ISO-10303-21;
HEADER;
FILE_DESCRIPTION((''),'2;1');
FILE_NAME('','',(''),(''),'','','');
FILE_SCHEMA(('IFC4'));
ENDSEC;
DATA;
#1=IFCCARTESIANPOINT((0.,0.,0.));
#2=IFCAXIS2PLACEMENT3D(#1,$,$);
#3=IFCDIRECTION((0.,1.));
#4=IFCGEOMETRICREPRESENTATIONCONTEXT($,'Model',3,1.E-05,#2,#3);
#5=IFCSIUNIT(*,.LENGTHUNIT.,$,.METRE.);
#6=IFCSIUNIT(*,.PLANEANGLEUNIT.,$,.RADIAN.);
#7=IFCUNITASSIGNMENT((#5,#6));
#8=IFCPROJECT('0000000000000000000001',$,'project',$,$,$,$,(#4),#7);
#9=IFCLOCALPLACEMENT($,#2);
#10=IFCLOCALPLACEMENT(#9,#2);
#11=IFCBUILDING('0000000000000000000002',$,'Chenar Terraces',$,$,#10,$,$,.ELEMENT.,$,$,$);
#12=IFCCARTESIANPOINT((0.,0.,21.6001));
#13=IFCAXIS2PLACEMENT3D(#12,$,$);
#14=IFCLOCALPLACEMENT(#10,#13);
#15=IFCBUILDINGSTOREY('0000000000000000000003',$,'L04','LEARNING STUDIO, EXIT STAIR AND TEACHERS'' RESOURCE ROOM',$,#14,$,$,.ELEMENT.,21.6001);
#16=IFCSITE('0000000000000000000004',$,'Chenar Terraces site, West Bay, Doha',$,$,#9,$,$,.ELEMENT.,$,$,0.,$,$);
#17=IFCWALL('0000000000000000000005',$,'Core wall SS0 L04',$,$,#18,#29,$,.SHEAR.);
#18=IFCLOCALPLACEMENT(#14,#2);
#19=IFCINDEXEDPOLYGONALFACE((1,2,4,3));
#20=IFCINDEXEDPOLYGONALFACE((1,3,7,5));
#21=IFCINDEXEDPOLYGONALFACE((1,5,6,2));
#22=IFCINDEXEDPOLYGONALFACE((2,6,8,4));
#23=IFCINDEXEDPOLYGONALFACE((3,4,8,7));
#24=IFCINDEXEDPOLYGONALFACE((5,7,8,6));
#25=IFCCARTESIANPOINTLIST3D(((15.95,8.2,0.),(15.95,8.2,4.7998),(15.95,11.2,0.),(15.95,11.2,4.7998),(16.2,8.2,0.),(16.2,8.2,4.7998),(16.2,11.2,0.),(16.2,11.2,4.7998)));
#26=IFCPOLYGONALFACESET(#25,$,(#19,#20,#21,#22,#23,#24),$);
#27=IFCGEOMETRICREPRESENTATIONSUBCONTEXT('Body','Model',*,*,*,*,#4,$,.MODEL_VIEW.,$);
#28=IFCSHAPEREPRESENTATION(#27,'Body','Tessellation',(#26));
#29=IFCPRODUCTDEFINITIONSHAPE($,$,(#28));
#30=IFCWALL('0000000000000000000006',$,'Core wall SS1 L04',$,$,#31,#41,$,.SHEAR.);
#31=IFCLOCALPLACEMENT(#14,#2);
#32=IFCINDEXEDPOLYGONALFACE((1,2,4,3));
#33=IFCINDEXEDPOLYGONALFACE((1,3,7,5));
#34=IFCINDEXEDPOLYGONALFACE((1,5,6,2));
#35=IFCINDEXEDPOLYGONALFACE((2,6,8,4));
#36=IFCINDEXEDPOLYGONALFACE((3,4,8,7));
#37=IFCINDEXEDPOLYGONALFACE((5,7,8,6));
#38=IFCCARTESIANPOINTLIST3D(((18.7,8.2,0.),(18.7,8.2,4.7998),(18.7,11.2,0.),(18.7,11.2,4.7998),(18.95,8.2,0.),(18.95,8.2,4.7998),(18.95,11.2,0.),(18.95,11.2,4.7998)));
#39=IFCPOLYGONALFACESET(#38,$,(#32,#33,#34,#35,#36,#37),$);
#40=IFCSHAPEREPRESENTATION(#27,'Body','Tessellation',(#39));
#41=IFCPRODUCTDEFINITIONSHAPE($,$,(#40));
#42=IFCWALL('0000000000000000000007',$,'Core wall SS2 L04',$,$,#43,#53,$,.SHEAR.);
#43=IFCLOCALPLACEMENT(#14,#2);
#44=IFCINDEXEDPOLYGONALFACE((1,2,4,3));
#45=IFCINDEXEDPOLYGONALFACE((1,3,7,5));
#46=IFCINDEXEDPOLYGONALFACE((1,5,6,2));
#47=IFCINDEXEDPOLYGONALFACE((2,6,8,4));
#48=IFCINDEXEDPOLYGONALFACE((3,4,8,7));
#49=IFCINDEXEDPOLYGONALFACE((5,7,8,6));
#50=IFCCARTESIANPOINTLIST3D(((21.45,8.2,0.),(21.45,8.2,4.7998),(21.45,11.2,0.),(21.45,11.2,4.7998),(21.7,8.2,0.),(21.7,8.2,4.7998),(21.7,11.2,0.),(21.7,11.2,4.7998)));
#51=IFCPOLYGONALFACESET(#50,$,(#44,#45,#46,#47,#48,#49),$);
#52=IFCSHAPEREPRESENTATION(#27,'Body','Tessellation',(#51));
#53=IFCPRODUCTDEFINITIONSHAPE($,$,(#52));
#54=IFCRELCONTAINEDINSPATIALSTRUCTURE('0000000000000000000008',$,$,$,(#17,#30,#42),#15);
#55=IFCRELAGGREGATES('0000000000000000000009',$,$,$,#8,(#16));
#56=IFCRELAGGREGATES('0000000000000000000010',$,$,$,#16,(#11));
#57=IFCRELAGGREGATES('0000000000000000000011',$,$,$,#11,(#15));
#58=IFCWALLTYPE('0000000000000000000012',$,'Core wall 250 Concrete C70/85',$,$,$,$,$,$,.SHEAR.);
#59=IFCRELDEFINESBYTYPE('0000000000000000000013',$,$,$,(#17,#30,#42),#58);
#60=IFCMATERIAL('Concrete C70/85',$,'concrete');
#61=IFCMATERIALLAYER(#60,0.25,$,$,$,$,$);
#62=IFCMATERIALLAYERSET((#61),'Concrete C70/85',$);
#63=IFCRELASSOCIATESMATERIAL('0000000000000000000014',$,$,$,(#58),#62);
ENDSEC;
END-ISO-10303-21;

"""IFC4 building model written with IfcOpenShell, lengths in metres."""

from ifc_helpers import new_model, si_unit, direction, frame, frame_2d, origin, place, context, subcontext, project, spatial, rectangle, extrude, material, layer, layer_set, type_object, element, save


model = new_model("IFC4")

# Units and contexts
model_context = context("Model", 3, precision=1e-05, world=origin(), true_north=direction((0.0, 1.0)))
body_context = subcontext(model_context, "Body", "Model", "MODEL_VIEW")
ifc_project = project(units=[si_unit("LENGTHUNIT", "METRE"), si_unit("PLANEANGLEUNIT", "RADIAN")], contexts=[model_context])

# Site, building, storey
site_placement = place(None, origin())
site = spatial("IfcSite", under=ifc_project, at=site_placement, Name="Chenar Terraces site, West Bay, Doha", CompositionType="ELEMENT", RefElevation=0.0)
building_placement = place(site_placement, origin())
building = spatial("IfcBuilding", under=site, at=building_placement, Name="Chenar Terraces", CompositionType="ELEMENT")
storey_placement = place(building_placement, frame((0.0, 0.0, 21.6001)))
storey = spatial("IfcBuildingStorey", under=building, at=storey_placement, Name="L04", Description="LEARNING STUDIO, EXIT STAIR AND TEACHERS' RESOURCE ROOM", CompositionType="ELEMENT", Elevation=21.6001)

# Walls
ifc_material_1 = material(Name="Concrete C70/85", Category="concrete")
ifc_layer_1 = layer(ifc_material_1, 0.25)
ifc_layer_set_1 = layer_set([ifc_layer_1], Name="Concrete C70/85")
wall_type_1 = type_object("IfcWallType", Name="Core wall 250 Concrete C70/85", PredefinedType="SHEAR", material=ifc_layer_set_1)
for number, where, z_axis, x_axis, name in (
    (1, (16.075, 8.2, 0.0), (0.0, 0.0, 1.0), (0.0, 1.0, 0.0), "Core wall SS0 L04"),
    (2, (18.825, 8.2, 0.0), (0.0, 0.0, 1.0), (0.0, 1.0, 0.0), "Core wall SS1 L04"),
    (3, (21.575, 8.2, 0.0), (0.0, 0.0, 1.0), (0.0, 1.0, 0.0), "Core wall SS2 L04"),
):
    element("IfcWall", number, at=place(storey_placement, frame(where, z_axis=z_axis, x_axis=x_axis)), inside=storey, type_object=wall_type_1, Name=name, PredefinedType="SHEAR", context=body_context, shape_type="SweptSolid", body=[
        extrude(rectangle(XDim=3.0, YDim=0.25, at=frame_2d((1.5, 0.0))), origin(), (0.0, 0.0, 1.0), 4.7998),
    ])

save(model, "model.ifc")
